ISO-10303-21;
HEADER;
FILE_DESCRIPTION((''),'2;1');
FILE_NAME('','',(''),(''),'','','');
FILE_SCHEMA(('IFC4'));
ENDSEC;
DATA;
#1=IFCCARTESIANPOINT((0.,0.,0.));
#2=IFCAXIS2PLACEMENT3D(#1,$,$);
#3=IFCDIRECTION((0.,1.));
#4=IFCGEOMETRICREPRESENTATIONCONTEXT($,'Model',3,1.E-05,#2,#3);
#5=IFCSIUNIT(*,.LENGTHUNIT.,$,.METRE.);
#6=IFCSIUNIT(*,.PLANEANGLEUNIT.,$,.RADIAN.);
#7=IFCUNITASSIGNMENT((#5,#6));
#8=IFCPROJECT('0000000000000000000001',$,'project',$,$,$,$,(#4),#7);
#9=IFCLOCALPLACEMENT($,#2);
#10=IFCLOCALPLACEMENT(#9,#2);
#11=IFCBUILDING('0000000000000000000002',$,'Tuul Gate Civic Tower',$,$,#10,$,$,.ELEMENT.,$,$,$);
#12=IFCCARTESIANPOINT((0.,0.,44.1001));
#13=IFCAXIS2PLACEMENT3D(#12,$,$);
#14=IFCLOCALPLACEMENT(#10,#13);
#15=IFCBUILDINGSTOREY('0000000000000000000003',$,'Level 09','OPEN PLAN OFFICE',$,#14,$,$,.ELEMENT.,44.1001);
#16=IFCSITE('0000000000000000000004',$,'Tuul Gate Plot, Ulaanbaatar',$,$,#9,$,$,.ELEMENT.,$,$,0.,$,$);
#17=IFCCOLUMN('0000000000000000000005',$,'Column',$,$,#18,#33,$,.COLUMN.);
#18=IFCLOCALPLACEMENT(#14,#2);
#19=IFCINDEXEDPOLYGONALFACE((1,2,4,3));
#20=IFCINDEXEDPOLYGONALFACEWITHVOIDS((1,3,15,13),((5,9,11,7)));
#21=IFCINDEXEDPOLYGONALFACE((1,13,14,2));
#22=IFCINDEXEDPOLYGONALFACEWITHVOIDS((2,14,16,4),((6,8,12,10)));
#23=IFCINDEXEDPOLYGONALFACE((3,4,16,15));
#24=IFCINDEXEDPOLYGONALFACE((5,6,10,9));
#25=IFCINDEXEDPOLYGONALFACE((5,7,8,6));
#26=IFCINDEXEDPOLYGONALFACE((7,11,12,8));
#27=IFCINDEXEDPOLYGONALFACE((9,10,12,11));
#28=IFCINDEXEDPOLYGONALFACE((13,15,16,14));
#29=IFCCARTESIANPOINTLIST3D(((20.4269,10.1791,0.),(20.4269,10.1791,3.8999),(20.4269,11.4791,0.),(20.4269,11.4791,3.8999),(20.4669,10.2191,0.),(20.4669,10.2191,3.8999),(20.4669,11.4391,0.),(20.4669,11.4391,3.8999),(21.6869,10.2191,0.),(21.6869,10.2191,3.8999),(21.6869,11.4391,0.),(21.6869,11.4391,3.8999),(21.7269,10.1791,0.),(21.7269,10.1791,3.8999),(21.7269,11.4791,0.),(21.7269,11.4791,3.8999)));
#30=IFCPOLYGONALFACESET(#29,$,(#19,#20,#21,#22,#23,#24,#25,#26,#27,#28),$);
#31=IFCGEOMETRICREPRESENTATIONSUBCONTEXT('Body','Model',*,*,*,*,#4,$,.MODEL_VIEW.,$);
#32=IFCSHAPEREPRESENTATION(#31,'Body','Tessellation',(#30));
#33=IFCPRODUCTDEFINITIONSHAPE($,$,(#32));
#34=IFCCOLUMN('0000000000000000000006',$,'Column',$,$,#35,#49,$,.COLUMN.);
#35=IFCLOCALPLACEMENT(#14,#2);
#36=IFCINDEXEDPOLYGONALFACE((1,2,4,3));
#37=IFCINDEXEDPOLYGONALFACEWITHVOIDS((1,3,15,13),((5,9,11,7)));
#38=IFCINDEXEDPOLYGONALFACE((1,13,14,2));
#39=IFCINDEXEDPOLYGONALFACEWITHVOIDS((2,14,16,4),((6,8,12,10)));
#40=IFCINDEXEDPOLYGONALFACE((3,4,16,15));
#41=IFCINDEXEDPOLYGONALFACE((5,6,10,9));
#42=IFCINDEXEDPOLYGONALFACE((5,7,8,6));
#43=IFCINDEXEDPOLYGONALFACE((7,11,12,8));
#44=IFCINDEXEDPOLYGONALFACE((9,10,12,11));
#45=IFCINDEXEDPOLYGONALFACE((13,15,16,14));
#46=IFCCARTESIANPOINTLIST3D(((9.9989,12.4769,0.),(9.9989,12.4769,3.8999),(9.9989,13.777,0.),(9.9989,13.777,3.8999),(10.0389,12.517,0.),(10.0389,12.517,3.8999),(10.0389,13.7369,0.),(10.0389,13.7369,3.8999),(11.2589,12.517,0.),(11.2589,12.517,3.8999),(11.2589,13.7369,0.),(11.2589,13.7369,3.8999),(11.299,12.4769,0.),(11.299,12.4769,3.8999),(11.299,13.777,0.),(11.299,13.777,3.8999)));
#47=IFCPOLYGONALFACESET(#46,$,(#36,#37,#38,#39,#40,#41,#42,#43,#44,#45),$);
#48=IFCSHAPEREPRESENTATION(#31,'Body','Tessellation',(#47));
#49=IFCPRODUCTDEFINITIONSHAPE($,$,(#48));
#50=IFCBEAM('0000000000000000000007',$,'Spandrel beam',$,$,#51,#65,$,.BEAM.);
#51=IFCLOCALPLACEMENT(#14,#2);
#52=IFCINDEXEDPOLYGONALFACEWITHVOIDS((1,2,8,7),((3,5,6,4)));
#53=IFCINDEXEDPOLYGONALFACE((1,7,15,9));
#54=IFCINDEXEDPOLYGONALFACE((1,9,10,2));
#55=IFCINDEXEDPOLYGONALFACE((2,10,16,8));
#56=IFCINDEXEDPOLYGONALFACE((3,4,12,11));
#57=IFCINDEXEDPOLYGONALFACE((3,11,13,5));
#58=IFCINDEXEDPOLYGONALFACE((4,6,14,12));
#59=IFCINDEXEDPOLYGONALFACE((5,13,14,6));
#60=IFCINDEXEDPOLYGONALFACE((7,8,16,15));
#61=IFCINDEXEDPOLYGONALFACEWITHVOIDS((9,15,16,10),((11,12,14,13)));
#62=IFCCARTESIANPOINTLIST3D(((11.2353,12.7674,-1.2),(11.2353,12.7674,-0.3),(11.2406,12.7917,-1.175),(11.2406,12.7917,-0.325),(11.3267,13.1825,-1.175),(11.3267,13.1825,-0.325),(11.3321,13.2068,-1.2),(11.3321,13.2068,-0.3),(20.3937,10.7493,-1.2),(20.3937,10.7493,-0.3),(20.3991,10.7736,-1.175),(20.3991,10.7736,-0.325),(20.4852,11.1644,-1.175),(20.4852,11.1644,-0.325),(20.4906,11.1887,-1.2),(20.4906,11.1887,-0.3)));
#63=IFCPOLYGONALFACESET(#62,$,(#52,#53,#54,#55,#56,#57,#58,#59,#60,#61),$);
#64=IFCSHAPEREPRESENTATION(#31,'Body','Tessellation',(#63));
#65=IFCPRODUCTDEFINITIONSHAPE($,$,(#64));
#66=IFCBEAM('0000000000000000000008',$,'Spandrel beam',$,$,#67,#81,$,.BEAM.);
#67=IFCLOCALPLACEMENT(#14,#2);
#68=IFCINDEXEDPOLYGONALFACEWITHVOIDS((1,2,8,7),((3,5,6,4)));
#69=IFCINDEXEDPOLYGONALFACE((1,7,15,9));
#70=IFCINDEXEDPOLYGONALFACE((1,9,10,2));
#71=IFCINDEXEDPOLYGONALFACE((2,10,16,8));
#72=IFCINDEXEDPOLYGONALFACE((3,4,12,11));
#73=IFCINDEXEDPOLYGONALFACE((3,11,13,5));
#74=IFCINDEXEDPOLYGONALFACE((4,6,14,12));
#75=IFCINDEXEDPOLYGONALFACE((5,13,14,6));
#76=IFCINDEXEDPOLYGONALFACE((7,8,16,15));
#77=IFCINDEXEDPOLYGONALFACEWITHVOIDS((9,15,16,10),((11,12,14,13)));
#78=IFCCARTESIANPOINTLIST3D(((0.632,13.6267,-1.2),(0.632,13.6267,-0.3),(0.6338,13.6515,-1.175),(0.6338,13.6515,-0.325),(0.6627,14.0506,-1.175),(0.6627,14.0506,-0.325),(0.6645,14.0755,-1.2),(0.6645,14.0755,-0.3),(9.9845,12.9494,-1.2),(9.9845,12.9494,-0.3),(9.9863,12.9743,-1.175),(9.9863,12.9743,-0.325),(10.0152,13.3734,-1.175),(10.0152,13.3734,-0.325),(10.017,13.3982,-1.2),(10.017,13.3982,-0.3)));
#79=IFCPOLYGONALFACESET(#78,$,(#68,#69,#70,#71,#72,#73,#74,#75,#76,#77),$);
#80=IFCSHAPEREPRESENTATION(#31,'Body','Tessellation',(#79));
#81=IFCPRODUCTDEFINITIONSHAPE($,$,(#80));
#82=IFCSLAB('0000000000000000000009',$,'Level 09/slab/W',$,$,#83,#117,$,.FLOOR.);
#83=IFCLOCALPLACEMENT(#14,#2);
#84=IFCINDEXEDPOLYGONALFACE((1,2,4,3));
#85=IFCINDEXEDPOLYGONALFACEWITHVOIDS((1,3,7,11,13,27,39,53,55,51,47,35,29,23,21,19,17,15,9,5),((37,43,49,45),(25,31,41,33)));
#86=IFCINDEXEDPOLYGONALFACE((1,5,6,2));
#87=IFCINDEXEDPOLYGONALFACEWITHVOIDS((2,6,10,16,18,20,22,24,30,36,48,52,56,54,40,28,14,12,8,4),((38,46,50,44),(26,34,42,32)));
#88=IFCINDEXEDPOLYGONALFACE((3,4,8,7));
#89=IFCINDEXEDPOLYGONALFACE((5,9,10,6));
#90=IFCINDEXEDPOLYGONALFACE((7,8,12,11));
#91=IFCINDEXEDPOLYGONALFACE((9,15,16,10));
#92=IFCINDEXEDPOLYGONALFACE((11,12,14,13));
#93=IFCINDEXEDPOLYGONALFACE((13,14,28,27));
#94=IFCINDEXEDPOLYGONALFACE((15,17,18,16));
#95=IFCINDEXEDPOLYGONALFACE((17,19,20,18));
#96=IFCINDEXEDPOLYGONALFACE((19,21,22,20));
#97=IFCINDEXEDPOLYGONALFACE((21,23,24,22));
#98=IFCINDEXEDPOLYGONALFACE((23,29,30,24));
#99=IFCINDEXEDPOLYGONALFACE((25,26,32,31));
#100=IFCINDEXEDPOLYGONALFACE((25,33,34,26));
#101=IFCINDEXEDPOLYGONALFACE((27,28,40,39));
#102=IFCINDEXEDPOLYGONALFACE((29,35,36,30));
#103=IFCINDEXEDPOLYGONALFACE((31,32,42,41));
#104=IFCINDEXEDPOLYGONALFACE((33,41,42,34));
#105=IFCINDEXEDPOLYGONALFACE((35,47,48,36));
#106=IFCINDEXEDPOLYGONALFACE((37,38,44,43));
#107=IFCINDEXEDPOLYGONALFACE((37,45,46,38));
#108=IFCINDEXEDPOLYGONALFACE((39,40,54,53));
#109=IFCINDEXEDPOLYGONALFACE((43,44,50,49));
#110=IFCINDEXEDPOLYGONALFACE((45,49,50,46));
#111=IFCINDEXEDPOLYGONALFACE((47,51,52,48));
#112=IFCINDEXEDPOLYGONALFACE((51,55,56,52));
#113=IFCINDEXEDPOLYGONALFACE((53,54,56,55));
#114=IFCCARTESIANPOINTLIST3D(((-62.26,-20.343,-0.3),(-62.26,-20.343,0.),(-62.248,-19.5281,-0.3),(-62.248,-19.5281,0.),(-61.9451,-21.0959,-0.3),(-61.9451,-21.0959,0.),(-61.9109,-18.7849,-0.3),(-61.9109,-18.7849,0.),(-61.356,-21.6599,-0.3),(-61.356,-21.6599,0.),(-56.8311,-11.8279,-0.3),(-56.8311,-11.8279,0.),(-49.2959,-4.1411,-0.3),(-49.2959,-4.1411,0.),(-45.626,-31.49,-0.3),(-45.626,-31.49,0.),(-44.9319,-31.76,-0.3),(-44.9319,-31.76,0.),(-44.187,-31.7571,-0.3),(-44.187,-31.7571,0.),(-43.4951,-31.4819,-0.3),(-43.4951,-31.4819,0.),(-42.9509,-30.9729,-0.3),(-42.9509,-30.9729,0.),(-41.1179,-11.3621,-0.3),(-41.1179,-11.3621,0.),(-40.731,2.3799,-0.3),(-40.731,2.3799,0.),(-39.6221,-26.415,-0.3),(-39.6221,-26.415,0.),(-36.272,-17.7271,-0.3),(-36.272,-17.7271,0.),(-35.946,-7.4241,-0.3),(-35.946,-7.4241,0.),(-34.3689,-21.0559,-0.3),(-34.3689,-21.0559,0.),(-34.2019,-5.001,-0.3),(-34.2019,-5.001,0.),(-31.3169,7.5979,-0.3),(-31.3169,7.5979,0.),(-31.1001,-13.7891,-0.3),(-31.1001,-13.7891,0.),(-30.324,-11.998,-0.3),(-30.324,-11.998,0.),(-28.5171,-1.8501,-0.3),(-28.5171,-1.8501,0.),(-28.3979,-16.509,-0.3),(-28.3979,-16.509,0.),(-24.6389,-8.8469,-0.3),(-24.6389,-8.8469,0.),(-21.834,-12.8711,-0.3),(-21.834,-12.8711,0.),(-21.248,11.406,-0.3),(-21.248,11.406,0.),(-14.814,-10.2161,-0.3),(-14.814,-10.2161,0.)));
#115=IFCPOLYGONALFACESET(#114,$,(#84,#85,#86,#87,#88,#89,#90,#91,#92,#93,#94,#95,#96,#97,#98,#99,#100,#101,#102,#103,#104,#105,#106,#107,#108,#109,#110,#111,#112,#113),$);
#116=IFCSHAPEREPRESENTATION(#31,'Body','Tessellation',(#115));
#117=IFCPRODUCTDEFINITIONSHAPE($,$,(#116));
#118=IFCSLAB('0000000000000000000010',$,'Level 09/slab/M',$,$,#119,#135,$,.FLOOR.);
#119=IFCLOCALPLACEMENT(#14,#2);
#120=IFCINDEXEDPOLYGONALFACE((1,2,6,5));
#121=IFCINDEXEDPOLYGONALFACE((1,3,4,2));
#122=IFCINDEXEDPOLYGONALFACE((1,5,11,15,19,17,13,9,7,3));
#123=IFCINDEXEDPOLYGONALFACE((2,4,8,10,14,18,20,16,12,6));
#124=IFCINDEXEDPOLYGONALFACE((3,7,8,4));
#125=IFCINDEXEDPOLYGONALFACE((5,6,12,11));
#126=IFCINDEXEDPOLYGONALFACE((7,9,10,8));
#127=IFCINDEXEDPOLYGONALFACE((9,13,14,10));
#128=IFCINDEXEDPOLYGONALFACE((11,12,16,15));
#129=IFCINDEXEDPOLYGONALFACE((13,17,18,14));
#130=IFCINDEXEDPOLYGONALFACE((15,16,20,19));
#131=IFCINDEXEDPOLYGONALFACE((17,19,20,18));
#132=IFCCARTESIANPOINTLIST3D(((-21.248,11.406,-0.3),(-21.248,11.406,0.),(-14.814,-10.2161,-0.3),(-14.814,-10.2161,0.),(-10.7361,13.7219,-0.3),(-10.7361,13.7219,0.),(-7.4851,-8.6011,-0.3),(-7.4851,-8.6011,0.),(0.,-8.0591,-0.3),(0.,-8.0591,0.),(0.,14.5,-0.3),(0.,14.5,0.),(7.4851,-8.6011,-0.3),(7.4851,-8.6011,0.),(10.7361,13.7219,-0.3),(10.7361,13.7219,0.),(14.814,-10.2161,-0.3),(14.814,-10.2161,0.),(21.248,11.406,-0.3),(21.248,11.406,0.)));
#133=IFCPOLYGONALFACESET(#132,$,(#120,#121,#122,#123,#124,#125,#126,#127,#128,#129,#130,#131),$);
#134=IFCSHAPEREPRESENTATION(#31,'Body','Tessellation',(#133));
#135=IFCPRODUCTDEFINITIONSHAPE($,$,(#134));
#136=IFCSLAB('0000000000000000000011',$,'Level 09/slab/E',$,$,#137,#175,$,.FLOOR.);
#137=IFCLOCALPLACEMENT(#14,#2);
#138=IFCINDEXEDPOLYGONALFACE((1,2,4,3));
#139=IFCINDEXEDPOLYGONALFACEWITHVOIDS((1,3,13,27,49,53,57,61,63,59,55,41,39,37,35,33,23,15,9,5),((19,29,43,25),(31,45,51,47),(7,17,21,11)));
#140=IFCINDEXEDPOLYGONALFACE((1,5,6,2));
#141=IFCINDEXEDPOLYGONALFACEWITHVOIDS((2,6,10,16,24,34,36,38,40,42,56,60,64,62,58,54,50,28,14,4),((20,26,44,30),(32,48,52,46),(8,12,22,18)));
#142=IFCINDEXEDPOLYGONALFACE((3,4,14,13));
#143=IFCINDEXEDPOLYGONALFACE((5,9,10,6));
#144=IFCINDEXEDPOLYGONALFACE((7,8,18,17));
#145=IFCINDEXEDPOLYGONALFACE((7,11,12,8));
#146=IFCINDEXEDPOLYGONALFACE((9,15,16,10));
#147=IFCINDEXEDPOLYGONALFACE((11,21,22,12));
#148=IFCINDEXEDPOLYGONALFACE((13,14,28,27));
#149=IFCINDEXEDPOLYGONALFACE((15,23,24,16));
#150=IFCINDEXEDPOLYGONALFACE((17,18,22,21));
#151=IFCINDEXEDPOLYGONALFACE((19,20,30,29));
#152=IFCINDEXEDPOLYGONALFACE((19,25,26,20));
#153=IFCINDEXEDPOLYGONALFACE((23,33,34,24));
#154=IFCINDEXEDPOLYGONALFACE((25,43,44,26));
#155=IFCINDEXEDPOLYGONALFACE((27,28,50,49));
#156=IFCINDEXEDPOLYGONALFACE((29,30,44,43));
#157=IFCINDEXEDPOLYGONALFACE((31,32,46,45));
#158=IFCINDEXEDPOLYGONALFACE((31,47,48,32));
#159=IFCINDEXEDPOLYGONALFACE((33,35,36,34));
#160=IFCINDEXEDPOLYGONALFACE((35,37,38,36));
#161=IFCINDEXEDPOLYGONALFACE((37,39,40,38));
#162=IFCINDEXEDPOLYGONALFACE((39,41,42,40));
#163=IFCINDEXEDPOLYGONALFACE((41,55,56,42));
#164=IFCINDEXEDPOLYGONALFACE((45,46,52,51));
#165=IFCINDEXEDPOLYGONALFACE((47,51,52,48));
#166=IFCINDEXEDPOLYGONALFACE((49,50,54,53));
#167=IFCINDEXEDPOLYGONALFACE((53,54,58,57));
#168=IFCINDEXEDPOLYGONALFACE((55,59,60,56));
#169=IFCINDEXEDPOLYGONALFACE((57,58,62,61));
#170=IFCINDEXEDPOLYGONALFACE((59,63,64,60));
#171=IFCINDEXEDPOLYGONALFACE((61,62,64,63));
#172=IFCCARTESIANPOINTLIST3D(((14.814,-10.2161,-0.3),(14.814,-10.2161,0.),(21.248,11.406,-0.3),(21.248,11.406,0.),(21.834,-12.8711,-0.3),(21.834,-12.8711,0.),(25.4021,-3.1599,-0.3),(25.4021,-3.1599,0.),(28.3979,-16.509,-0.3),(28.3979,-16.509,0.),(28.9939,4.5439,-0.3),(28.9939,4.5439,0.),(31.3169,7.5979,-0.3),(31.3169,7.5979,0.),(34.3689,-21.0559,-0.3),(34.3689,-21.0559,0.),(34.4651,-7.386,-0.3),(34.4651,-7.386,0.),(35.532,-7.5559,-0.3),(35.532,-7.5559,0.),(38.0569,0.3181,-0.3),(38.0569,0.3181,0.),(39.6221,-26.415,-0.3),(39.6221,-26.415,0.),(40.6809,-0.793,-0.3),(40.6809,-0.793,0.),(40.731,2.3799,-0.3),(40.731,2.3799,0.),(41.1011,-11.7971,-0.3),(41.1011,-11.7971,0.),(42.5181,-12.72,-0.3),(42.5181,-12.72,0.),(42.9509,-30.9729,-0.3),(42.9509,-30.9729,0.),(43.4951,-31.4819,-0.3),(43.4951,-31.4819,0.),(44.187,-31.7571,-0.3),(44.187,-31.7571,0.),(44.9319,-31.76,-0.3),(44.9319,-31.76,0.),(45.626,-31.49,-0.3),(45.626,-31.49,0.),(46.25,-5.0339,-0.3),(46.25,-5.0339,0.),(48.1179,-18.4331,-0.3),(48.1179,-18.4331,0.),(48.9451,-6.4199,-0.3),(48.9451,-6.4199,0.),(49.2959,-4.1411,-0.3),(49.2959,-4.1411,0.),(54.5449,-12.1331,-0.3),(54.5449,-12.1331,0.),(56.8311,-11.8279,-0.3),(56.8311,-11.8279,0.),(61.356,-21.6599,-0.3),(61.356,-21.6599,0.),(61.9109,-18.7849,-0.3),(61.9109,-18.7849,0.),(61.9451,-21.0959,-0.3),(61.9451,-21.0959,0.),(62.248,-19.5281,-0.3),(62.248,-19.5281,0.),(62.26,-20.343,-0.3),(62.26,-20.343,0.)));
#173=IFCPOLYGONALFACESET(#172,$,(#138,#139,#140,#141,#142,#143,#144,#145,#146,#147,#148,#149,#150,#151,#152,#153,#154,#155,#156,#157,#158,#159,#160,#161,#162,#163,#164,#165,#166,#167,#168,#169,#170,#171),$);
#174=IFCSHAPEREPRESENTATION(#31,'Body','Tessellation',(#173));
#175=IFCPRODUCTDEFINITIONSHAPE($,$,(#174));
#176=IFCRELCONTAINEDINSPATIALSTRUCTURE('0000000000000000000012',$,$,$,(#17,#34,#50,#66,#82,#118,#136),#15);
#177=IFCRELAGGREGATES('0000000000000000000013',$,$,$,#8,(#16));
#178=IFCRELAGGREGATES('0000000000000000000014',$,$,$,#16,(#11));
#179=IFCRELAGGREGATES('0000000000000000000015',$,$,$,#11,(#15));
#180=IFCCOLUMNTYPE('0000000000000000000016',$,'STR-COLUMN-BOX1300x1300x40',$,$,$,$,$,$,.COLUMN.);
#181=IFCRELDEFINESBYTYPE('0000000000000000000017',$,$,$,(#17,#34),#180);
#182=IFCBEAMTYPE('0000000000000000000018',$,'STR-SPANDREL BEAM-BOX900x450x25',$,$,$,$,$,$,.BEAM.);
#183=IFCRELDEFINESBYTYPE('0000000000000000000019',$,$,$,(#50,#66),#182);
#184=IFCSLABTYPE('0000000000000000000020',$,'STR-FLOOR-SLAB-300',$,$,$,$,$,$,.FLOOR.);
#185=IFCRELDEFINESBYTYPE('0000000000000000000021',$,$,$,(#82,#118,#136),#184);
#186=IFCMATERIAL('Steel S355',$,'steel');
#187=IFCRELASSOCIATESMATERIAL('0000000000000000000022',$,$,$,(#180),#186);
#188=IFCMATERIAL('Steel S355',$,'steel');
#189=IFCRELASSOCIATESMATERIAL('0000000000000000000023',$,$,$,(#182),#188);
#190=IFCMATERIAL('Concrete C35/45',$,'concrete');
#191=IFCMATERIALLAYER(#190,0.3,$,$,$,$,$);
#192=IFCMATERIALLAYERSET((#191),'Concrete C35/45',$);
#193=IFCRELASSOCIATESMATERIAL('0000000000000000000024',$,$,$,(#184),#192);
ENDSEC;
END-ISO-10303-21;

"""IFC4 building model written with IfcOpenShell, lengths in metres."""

from ifc_helpers import new_model, si_unit, direction, frame, origin, origin_2d, place, context, subcontext, project, spatial, polyline, hollow_rectangle, outline, extrude, material, layer, layer_set, material_profile, profile_set, type_object, element, save


model = new_model("IFC4")

# Units and contexts
model_context = context("Model", 3, precision=1e-05, world=origin(), true_north=direction((0.0, 1.0)))
body_context = subcontext(model_context, "Body", "Model", "MODEL_VIEW")
ifc_project = project(units=[si_unit("LENGTHUNIT", "METRE"), si_unit("PLANEANGLEUNIT", "RADIAN")], contexts=[model_context])

# Site, building, storey
site_placement = place(None, origin())
site = spatial("IfcSite", under=ifc_project, at=site_placement, Name="Tuul Gate Plot, Ulaanbaatar", CompositionType="ELEMENT", RefElevation=0.0)
building_placement = place(site_placement, origin())
building = spatial("IfcBuilding", under=site, at=building_placement, Name="Tuul Gate Civic Tower", CompositionType="ELEMENT")
storey_placement = place(building_placement, frame((0.0, 0.0, 44.1001)))
storey = spatial("IfcBuildingStorey", under=building, at=storey_placement, Name="Level 09", Description="OPEN PLAN OFFICE", CompositionType="ELEMENT", Elevation=44.1001)

# Columns
ifc_material_1 = material(Name="Steel S355", Category="steel")
ifc_material_profile_1 = material_profile(ifc_material_1, hollow_rectangle(XDim=1.3, YDim=1.3, WallThickness=0.04, at=origin_2d()), Name="BOX1300x1300x40")
ifc_profile_set_1 = profile_set([ifc_material_profile_1], Name="Steel S355")
column_type = type_object("IfcColumnType", Name="STR-COLUMN-BOX1300x1300x40", PredefinedType="COLUMN", material=ifc_profile_set_1)
for number, where, z_axis, x_axis, name in (
    (1, (21.0769, 10.8291, 0.0), (0.0, 0.0, 1.0), (1.0, 0.0, 0.0), "Column"),
    (2, (10.6489, 13.127, 0.0), (0.0, 0.0, 1.0), (1.0, 0.0, 0.0), "Column"),
):
    element("IfcColumn", number, at=place(storey_placement, frame(where, z_axis=z_axis, x_axis=x_axis)), inside=storey, type_object=column_type, Name=name, PredefinedType="COLUMN", context=body_context, shape_type="SweptSolid", body=[
        extrude(hollow_rectangle(XDim=1.3, YDim=1.3, WallThickness=0.04, at=origin_2d()), origin(), (0.0, 0.0, 1.0), 3.8999),
    ])

# Beams
ifc_material_2 = material(Name="Steel S355", Category="steel")
ifc_material_profile_2 = material_profile(ifc_material_2, hollow_rectangle(XDim=0.45, YDim=0.8999, WallThickness=0.0249, at=origin_2d()), Name="BOX900x450x25")
ifc_profile_set_2 = profile_set([ifc_material_profile_2], Name="Steel S355")
beam_type = type_object("IfcBeamType", Name="STR-SPANDREL BEAM-BOX900x450x25", PredefinedType="BEAM", material=ifc_profile_set_2)
beam_1_placement = place(storey_placement, frame((20.4421, 10.969, -0.75), z_axis=(-0.976573, 0.215188, 0.0), x_axis=(-0.215188, -0.976573, 0.0)))
element("IfcBeam", 3, at=beam_1_placement, inside=storey, type_object=beam_type, Name="Spandrel beam", PredefinedType="BEAM", context=body_context, shape_type="SweptSolid", body=[
    extrude(hollow_rectangle(XDim=0.45, YDim=0.8999, WallThickness=0.0249, at=origin_2d()), origin(), (0.0, 0.0, 1.0), 9.3782),
])
beam_2_placement = place(storey_placement, frame((10.0007, 13.1738, -0.75), z_axis=(-0.997388, 0.072224, 0.0), x_axis=(-0.072224, -0.997388, 0.0)))
element("IfcBeam", 4, at=beam_2_placement, inside=storey, type_object=beam_type, Name="Spandrel beam", PredefinedType="BEAM", context=body_context, shape_type="SweptSolid", body=[
    extrude(hollow_rectangle(XDim=0.45, YDim=0.8999, WallThickness=0.0249, at=origin_2d()), origin(), (0.0, 0.0, 1.0), 9.377),
])

# Slabs
ifc_material_3 = material(Name="Concrete C35/45", Category="concrete")
ifc_layer_1 = layer(ifc_material_3, 0.3)
ifc_layer_set_1 = layer_set([ifc_layer_1], Name="Concrete C35/45")
slab_type = type_object("IfcSlabType", Name="STR-FLOOR-SLAB-300", PredefinedType="FLOOR", material=ifc_layer_set_1)
slab_1_placement = place(storey_placement, frame((0.0, 0.0, -0.3)))
element("IfcSlab", 5, at=slab_1_placement, inside=storey, type_object=slab_type, Name="Level 09/slab/W", PredefinedType="FLOOR", context=body_context, shape_type="SweptSolid", body=[
    extrude(outline(polyline([(-21.834, -12.8711), (-14.814, -10.2161), (-21.248, 11.406), (-31.3169, 7.5979), (-40.731, 2.3799), (-49.2959, -4.1411), (-56.8311, -11.8279), (-61.9109, -18.7849), (-62.248, -19.5281), (-62.26, -20.343), (-61.9451, -21.0959), (-61.356, -21.6599), (-45.626, -31.49), (-44.9319, -31.76), (-44.187, -31.7571), (-43.4951, -31.4819), (-42.9509, -30.9729), (-39.6221, -26.415), (-34.3689, -21.0559), (-28.3979, -16.509), (-21.834, -12.8711)]), holes=[polyline([(-31.1001, -13.7891), (-36.272, -17.7271), (-41.1179, -11.3621), (-35.946, -7.4241), (-31.1001, -13.7891)]), polyline([(-24.6389, -8.8469), (-30.324, -11.998), (-34.2019, -5.001), (-28.5171, -1.8501), (-24.6389, -8.8469)])]), origin(), (0.0, 0.0, 1.0), 0.3),
])
slab_2_placement = place(storey_placement, frame((0.0, 0.0, -0.3)))
element("IfcSlab", 6, at=slab_2_placement, inside=storey, type_object=slab_type, Name="Level 09/slab/M", PredefinedType="FLOOR", context=body_context, shape_type="SweptSolid", body=[
    extrude(outline(polyline([(14.814, -10.2161), (21.248, 11.406), (10.7361, 13.7219), (0.0, 14.5), (-10.7361, 13.7219), (-21.248, 11.406), (-14.814, -10.2161), (-7.4851, -8.6011), (0.0, -8.0591), (7.4851, -8.6011), (14.814, -10.2161)])), origin(), (0.0, 0.0, 1.0), 0.3),
])
slab_3_placement = place(storey_placement, frame((0.0, 0.0, -0.3)))
element("IfcSlab", 7, at=slab_3_placement, inside=storey, type_object=slab_type, Name="Level 09/slab/E", PredefinedType="FLOOR", context=body_context, shape_type="SweptSolid", body=[
    extrude(outline(polyline([(44.9319, -31.76), (45.626, -31.49), (61.356, -21.6599), (61.9451, -21.0959), (62.26, -20.343), (62.248, -19.5281), (61.9109, -18.7849), (56.8311, -11.8279), (49.2959, -4.1411), (40.731, 2.3799), (31.3169, 7.5979), (21.248, 11.406), (14.814, -10.2161), (21.834, -12.8711), (28.3979, -16.509), (34.3689, -21.0559), (39.6221, -26.415), (42.9509, -30.9729), (43.4951, -31.4819), (44.187, -31.7571), (44.9319, -31.76)]), holes=[polyline([(48.1179, -18.4331), (42.5181, -12.72), (48.9451, -6.4199), (54.5449, -12.1331), (48.1179, -18.4331)]), polyline([(35.532, -7.5559), (40.6809, -0.793), (46.25, -5.0339), (41.1011, -11.7971), (35.532, -7.5559)]), polyline([(25.4021, -3.1599), (28.9939, 4.5439), (38.0569, 0.3181), (34.4651, -7.386), (25.4021, -3.1599)])]), origin(), (0.0, 0.0, 1.0), 0.3),
])

save(model, "model.ifc")
